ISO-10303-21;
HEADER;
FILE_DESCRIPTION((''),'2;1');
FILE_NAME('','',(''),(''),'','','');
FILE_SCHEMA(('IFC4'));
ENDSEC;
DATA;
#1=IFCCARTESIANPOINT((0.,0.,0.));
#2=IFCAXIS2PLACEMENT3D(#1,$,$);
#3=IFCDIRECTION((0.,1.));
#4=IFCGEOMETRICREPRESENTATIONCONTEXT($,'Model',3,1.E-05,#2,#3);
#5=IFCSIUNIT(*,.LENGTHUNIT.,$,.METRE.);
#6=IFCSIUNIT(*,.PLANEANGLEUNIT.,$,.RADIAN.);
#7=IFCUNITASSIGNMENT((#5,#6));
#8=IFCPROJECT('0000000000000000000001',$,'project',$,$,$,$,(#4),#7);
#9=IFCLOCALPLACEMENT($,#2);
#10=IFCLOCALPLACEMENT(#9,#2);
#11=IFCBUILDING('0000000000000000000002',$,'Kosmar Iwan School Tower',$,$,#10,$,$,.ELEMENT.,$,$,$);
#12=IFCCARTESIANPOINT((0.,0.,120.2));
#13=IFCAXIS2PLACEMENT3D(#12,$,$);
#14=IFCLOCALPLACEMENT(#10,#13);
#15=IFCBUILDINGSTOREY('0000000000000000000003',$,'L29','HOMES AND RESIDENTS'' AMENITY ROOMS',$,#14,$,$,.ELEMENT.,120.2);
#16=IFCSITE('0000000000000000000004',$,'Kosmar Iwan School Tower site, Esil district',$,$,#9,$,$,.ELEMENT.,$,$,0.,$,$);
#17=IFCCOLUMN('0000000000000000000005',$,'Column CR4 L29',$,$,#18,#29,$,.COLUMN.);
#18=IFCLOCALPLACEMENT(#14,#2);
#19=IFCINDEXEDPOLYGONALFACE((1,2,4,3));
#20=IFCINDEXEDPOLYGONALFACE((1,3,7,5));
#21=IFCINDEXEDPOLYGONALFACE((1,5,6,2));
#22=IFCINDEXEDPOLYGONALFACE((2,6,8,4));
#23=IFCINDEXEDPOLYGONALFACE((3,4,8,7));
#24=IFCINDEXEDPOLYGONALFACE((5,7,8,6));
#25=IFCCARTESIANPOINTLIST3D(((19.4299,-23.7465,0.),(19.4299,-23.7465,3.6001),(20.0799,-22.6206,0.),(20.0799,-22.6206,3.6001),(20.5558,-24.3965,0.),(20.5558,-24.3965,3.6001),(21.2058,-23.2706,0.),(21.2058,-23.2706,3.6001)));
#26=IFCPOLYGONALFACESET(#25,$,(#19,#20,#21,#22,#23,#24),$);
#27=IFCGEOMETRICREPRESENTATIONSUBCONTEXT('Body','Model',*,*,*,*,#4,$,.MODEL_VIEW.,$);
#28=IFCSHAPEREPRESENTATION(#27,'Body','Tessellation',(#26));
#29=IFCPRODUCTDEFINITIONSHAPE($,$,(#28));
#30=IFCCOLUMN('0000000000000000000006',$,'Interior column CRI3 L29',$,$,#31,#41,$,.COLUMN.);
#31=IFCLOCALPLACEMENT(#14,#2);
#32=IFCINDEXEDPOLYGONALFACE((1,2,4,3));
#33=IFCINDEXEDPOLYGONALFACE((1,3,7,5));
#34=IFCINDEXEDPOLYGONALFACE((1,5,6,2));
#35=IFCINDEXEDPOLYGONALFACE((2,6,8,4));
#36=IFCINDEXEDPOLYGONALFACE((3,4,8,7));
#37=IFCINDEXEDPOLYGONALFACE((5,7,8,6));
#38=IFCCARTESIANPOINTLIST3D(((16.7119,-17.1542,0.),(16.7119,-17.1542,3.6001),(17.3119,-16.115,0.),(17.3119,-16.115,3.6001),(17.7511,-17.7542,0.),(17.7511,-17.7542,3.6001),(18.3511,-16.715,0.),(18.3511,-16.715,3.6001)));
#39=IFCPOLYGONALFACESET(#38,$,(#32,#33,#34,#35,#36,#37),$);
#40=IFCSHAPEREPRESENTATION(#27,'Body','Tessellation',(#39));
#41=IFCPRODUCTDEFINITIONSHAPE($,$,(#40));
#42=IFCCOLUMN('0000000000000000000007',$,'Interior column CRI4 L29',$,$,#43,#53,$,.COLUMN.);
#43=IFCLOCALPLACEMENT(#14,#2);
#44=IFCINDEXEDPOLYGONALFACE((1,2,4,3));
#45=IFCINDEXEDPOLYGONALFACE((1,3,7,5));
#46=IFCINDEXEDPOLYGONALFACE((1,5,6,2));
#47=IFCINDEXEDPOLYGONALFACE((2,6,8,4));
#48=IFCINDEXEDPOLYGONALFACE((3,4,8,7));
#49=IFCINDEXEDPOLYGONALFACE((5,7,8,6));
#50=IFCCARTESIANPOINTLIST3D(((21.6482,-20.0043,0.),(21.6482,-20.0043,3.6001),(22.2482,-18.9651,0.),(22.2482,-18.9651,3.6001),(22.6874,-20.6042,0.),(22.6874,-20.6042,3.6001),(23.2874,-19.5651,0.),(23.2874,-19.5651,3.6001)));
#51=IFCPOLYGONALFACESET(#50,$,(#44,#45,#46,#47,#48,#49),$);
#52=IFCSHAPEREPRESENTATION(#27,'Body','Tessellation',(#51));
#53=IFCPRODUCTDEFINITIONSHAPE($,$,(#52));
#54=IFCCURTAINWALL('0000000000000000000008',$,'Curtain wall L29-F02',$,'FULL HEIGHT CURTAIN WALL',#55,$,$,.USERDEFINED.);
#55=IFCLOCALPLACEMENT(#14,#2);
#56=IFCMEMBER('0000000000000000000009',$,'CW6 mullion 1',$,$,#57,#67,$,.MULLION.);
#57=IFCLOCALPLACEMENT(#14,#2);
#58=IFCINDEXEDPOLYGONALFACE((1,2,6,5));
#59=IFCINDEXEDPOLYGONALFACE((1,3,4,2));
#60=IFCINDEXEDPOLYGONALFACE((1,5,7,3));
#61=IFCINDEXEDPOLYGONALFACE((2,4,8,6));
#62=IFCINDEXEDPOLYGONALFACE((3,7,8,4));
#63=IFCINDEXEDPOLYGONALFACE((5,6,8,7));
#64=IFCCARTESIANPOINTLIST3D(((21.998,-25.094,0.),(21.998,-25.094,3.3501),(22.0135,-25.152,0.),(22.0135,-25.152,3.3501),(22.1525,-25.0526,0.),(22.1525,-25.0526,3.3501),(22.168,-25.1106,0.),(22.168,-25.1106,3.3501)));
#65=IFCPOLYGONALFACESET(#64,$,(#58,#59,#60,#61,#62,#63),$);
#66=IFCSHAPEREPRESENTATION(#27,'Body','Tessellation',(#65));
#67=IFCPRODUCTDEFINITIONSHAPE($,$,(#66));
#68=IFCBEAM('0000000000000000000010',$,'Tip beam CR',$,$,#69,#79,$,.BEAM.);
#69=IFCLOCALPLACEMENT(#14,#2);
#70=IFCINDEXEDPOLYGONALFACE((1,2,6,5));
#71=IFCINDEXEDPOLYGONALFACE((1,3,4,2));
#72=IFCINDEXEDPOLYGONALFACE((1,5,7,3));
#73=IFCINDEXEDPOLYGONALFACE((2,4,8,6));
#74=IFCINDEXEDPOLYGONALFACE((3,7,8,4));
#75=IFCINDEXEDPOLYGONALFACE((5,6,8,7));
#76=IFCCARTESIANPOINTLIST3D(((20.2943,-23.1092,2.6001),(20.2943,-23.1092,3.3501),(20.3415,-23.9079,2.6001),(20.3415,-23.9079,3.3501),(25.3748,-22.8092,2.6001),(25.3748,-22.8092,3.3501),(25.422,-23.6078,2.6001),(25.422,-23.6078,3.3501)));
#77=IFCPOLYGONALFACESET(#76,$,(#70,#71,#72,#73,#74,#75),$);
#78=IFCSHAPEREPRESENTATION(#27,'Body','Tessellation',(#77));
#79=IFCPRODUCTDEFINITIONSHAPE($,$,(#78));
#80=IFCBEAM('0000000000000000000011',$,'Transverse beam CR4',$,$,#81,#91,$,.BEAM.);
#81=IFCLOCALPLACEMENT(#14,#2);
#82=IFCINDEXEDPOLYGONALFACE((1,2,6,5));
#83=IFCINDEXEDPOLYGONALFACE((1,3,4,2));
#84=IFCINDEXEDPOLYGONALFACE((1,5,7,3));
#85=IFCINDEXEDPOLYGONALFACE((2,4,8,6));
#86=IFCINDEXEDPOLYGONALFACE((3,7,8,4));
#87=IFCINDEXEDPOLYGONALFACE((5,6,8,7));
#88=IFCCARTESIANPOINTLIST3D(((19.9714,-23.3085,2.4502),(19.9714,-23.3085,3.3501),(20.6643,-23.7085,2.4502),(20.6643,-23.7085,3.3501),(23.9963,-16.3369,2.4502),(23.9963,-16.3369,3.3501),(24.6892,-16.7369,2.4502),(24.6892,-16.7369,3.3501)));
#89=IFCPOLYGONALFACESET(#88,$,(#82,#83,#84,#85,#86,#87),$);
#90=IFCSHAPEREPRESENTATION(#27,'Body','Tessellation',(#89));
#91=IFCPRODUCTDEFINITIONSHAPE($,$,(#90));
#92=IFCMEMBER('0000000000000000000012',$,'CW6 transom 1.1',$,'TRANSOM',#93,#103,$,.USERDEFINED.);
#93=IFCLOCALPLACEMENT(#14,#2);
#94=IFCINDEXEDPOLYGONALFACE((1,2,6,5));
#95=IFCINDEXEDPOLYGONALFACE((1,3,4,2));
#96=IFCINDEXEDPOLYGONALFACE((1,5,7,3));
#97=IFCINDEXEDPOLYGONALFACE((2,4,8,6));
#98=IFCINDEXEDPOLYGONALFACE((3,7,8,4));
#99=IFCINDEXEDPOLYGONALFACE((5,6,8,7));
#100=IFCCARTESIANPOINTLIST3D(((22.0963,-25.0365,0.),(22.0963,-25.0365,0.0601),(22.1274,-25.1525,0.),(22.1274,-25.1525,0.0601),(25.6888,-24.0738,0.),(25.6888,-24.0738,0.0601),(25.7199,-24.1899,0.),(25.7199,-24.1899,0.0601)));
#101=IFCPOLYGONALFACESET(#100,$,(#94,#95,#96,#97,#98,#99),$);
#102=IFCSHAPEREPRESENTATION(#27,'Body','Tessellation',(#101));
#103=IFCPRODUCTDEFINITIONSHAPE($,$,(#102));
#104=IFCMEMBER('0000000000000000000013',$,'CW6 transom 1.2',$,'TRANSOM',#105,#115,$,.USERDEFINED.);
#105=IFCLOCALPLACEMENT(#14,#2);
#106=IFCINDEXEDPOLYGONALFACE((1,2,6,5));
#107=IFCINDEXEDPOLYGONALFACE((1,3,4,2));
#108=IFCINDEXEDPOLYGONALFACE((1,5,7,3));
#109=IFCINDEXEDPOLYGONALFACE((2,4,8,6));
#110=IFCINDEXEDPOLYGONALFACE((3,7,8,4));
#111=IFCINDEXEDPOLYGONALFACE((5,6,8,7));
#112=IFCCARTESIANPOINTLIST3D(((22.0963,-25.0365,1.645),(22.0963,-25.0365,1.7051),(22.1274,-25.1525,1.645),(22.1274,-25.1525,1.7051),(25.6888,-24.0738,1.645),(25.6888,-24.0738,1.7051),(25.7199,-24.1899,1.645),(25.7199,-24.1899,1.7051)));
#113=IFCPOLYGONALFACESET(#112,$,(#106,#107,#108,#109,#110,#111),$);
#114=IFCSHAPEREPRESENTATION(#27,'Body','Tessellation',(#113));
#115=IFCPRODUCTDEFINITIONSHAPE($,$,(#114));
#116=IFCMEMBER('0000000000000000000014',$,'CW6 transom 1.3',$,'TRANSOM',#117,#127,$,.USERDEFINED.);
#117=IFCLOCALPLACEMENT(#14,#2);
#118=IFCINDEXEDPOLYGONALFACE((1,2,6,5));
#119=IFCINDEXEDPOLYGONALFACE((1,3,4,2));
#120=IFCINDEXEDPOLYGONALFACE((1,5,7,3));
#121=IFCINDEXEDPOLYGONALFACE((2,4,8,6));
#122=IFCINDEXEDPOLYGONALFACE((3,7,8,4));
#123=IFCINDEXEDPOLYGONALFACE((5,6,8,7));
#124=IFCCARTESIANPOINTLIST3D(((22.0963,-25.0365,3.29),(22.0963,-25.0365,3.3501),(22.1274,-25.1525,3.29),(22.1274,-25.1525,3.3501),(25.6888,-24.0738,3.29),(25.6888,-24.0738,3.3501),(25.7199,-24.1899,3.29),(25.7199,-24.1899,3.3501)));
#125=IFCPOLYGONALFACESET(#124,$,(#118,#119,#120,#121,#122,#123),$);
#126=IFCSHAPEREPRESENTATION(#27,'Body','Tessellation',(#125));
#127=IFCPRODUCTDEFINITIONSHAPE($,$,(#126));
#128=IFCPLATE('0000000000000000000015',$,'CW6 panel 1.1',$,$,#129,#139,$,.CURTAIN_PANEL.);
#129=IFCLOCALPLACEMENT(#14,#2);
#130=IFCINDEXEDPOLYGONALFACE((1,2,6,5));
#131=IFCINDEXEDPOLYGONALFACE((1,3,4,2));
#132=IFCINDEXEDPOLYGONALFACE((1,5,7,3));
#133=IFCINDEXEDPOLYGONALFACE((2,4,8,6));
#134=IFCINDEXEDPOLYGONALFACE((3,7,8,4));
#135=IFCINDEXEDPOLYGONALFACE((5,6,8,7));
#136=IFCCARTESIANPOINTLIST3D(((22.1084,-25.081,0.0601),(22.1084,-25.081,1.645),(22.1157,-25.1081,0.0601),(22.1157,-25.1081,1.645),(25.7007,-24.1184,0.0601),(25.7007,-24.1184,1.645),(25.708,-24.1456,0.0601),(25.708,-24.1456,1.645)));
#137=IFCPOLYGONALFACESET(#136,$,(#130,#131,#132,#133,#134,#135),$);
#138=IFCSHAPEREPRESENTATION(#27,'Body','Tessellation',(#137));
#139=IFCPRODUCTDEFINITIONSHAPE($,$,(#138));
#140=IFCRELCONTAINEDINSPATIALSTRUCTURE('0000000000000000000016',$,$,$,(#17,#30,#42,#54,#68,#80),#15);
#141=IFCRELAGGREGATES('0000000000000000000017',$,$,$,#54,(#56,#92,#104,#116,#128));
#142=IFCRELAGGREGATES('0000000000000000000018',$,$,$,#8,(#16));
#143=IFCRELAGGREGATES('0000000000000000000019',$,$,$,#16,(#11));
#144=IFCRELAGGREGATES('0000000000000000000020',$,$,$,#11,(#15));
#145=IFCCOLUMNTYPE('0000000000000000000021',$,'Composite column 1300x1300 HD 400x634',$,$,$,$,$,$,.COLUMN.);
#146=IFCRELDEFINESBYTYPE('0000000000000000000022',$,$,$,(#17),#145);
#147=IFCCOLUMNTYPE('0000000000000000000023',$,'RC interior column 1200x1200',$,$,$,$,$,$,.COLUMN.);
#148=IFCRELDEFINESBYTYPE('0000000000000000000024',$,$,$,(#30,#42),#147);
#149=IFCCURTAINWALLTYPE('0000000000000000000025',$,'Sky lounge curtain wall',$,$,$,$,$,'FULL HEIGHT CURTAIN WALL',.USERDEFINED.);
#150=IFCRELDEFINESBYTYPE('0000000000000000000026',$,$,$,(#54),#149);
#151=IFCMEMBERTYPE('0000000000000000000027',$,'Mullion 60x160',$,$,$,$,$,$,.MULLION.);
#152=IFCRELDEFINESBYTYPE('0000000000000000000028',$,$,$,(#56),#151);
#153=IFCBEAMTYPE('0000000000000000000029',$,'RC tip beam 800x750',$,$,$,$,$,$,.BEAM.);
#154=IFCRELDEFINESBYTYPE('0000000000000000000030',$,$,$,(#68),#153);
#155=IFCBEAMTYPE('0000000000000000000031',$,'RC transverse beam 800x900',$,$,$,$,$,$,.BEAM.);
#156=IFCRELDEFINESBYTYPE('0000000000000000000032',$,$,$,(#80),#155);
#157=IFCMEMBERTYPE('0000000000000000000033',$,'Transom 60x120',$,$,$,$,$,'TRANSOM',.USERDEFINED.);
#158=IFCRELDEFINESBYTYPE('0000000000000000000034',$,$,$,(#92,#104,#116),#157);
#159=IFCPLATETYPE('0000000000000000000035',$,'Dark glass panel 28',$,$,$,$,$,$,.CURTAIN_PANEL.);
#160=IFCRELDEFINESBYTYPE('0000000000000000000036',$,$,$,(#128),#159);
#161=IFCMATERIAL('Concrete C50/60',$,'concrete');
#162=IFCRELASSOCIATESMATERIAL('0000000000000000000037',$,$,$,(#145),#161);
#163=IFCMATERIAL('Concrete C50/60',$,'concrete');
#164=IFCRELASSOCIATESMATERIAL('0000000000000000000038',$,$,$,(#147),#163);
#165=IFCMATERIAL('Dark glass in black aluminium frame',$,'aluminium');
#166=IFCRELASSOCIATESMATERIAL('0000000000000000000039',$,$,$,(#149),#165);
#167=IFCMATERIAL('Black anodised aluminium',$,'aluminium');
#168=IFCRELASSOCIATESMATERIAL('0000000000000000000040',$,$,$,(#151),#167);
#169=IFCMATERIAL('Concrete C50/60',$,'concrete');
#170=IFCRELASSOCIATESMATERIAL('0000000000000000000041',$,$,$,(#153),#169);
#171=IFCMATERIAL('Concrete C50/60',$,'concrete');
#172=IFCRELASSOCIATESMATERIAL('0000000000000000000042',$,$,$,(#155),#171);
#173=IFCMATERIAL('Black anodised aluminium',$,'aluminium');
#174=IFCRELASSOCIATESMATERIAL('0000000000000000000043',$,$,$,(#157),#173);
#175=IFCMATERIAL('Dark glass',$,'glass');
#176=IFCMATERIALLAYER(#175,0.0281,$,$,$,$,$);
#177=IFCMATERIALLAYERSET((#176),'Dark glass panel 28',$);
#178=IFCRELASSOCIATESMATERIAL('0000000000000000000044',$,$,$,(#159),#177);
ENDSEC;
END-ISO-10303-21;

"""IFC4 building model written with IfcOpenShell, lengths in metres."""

from ifc_helpers import new_model, si_unit, direction, frame, origin, origin_2d, place, context, subcontext, project, spatial, rectangle, extrude, material, layer, layer_set, material_profile, profile_set, type_object, element, aggregate, save


model = new_model("IFC4")

# Units and contexts
model_context = context("Model", 3, precision=1e-05, world=origin(), true_north=direction((0.0, 1.0)))
body_context = subcontext(model_context, "Body", "Model", "MODEL_VIEW")
ifc_project = project(units=[si_unit("LENGTHUNIT", "METRE"), si_unit("PLANEANGLEUNIT", "RADIAN")], contexts=[model_context])

# Site, building, storey
site_placement = place(None, origin())
site = spatial("IfcSite", under=ifc_project, at=site_placement, Name="Kosmar Iwan School Tower site, Esil district", CompositionType="ELEMENT", RefElevation=0.0)
building_placement = place(site_placement, origin())
building = spatial("IfcBuilding", under=site, at=building_placement, Name="Kosmar Iwan School Tower", CompositionType="ELEMENT")
storey_placement = place(building_placement, frame((0.0, 0.0, 120.2)))
storey = spatial("IfcBuildingStorey", under=building, at=storey_placement, Name="L29", Description="HOMES AND RESIDENTS' AMENITY ROOMS", CompositionType="ELEMENT", Elevation=120.2)

# Columns
ifc_material_1 = material(Name="Concrete C50/60", Category="concrete")
ifc_material_profile_1 = material_profile(ifc_material_1, rectangle(XDim=1.3, YDim=1.3, at=origin_2d()), Name="RC 1300x1300 + HD 400x634")
ifc_profile_set_1 = profile_set([ifc_material_profile_1], Name="Concrete C50/60")
column_type_1 = type_object("IfcColumnType", Name="Composite column 1300x1300 HD 400x634", PredefinedType="COLUMN", material=ifc_profile_set_1)
column_placement = place(storey_placement, frame((20.3179, -23.5085, 0.0), z_axis=(0.0, 0.0, 1.0), x_axis=(0.866025, -0.5, 0.0)))
element("IfcColumn", 1, at=column_placement, inside=storey, type_object=column_type_1, Name="Column CR4 L29", PredefinedType="COLUMN", context=body_context, shape_type="SweptSolid", body=[
    extrude(rectangle(XDim=1.3, YDim=1.3, at=origin_2d()), origin(), (0.0, 0.0, 1.0), 3.6001),
])
ifc_material_2 = material(Name="Concrete C50/60", Category="concrete")
ifc_material_profile_2 = material_profile(ifc_material_2, rectangle(XDim=1.2, YDim=1.2, at=origin_2d()), Name="RC 1200x1200")
ifc_profile_set_2 = profile_set([ifc_material_profile_2], Name="Concrete C50/60")
column_type_2 = type_object("IfcColumnType", Name="RC interior column 1200x1200", PredefinedType="COLUMN", material=ifc_profile_set_2)
for number, where, z_axis, x_axis, name in (
    (2, (17.5315, -16.9346, 0.0), (0.0, 0.0, 1.0), (0.866025, -0.5, 0.0), "Interior column CRI3 L29"),
    (3, (22.4678, -19.7847, 0.0), (0.0, 0.0, 1.0), (0.866025, -0.5, 0.0), "Interior column CRI4 L29"),
):
    element("IfcColumn", number, at=place(storey_placement, frame(where, z_axis=z_axis, x_axis=x_axis)), inside=storey, type_object=column_type_2, Name=name, PredefinedType="COLUMN", context=body_context, shape_type="SweptSolid", body=[
        extrude(rectangle(XDim=1.2, YDim=1.2, at=origin_2d()), origin(), (0.0, 0.0, 1.0), 3.6001),
    ])

# Curtain wall, member
ifc_material_3 = material(Name="Dark glass in black aluminium frame", Category="aluminium")
curtain_wall_type = type_object("IfcCurtainWallType", Name="Sky lounge curtain wall", ElementType="FULL HEIGHT CURTAIN WALL", PredefinedType="USERDEFINED", material=ifc_material_3)
curtain_wall_placement = place(storey_placement, origin())
curtain_wall = element("IfcCurtainWall", 4, at=curtain_wall_placement, inside=storey, type_object=curtain_wall_type, Name="Curtain wall L29-F02", ObjectType="FULL HEIGHT CURTAIN WALL", PredefinedType="USERDEFINED")
ifc_material_4 = material(Name="Black anodised aluminium", Category="aluminium")
ifc_material_profile_3 = material_profile(ifc_material_4, rectangle(XDim=0.0601, YDim=0.1599, at=origin_2d()), Name="MULLION 60x160")
ifc_profile_set_3 = profile_set([ifc_material_profile_3], Name="Black anodised aluminium")
member_type_1 = type_object("IfcMemberType", Name="Mullion 60x160", PredefinedType="MULLION", material=ifc_profile_set_3)
member_1_placement = place(storey_placement, frame((22.083, -25.1023, 0.0), z_axis=(0.0, 0.0, 1.0), x_axis=(-0.258819, 0.965926, 0.0)))
member_1 = element("IfcMember", 5, at=member_1_placement, type_object=member_type_1, Name="CW6 mullion 1", PredefinedType="MULLION", context=body_context, shape_type="SweptSolid", body=[
    extrude(rectangle(XDim=0.0601, YDim=0.1599, at=origin_2d()), origin(), (0.0, 0.0, 1.0), 3.3501),
])

# Beams
ifc_material_5 = material(Name="Concrete C50/60", Category="concrete")
ifc_material_profile_4 = material_profile(ifc_material_5, rectangle(XDim=0.8, YDim=0.75, at=origin_2d()), Name="RC 800x750")
ifc_profile_set_4 = profile_set([ifc_material_profile_4], Name="Concrete C50/60")
beam_type_1 = type_object("IfcBeamType", Name="RC tip beam 800x750", PredefinedType="BEAM", material=ifc_profile_set_4)
beam_1_placement = place(storey_placement, frame((20.3179, -23.5085, 2.9751), z_axis=(0.998261, 0.058955, 0.0), x_axis=(-0.058955, 0.998261, 0.0)))
element("IfcBeam", 6, at=beam_1_placement, inside=storey, type_object=beam_type_1, Name="Tip beam CR", PredefinedType="BEAM", context=body_context, shape_type="SweptSolid", body=[
    extrude(rectangle(XDim=0.8, YDim=0.75, at=origin_2d()), origin(), (0.0, 0.0, 1.0), 5.0894),
])
ifc_material_6 = material(Name="Concrete C50/60", Category="concrete")
ifc_material_profile_5 = material_profile(ifc_material_6, rectangle(XDim=0.8, YDim=0.8999, at=origin_2d()), Name="RC 800x900")
ifc_profile_set_5 = profile_set([ifc_material_profile_5], Name="Concrete C50/60")
beam_type_2 = type_object("IfcBeamType", Name="RC transverse beam 800x900", PredefinedType="BEAM", material=ifc_profile_set_5)
beam_2_placement = place(storey_placement, frame((20.3179, -23.5085, 2.9001), z_axis=(0.499981, 0.866036, 0.0), x_axis=(-0.866036, 0.499981, 0.0)))
element("IfcBeam", 7, at=beam_2_placement, inside=storey, type_object=beam_type_2, Name="Transverse beam CR4", PredefinedType="BEAM", context=body_context, shape_type="SweptSolid", body=[
    extrude(rectangle(XDim=0.8, YDim=0.8999, at=origin_2d()), origin(), (0.0, 0.0, 1.0), 8.05),
])

# Members
ifc_material_7 = material(Name="Black anodised aluminium", Category="aluminium")
ifc_material_profile_6 = material_profile(ifc_material_7, rectangle(XDim=0.1201, YDim=0.0601, at=origin_2d()), Name="TRANSOM 60x120")
ifc_profile_set_6 = profile_set([ifc_material_profile_6], Name="Black anodised aluminium")
member_type_2 = type_object("IfcMemberType", Name="Transom 60x120", ElementType="TRANSOM", PredefinedType="USERDEFINED", material=ifc_profile_set_6)
member_2_placement = place(storey_placement, frame((22.1118, -25.0945, 0.03), z_axis=(0.965924, 0.258827, 0.0), x_axis=(-0.258827, 0.965924, 0.0)))
member_2 = element("IfcMember", 8, at=member_2_placement, type_object=member_type_2, Name="CW6 transom 1.1", ObjectType="TRANSOM", PredefinedType="USERDEFINED", context=body_context, shape_type="SweptSolid", body=[
    extrude(rectangle(XDim=0.1201, YDim=0.0601, at=origin_2d()), origin(), (0.0, 0.0, 1.0), 3.7192),
])
member_3_placement = place(storey_placement, frame((22.1118, -25.0945, 1.675), z_axis=(0.965924, 0.258827, 0.0), x_axis=(-0.258827, 0.965924, 0.0)))
member_3 = element("IfcMember", 9, at=member_3_placement, type_object=member_type_2, Name="CW6 transom 1.2", ObjectType="TRANSOM", PredefinedType="USERDEFINED", context=body_context, shape_type="SweptSolid", body=[
    extrude(rectangle(XDim=0.1201, YDim=0.0601, at=origin_2d()), origin(), (0.0, 0.0, 1.0), 3.7192),
])
member_4_placement = place(storey_placement, frame((22.1118, -25.0945, 3.3201), z_axis=(0.965924, 0.258827, 0.0), x_axis=(-0.258827, 0.965924, 0.0)))
member_4 = element("IfcMember", 10, at=member_4_placement, type_object=member_type_2, Name="CW6 transom 1.3", ObjectType="TRANSOM", PredefinedType="USERDEFINED", context=body_context, shape_type="SweptSolid", body=[
    extrude(rectangle(XDim=0.1201, YDim=0.0601, at=origin_2d()), origin(), (0.0, 0.0, 1.0), 3.7192),
])

# Plate
ifc_material_8 = material(Name="Dark glass", Category="glass")
ifc_layer_1 = layer(ifc_material_8, 0.0281)
ifc_layer_set_1 = layer_set([ifc_layer_1], Name="Dark glass panel 28")
plate_type = type_object("IfcPlateType", Name="Dark glass panel 28", PredefinedType="CURTAIN_PANEL", material=ifc_layer_set_1)
plate_placement = place(storey_placement, frame((23.9082, -24.6133, 0.0601), z_axis=(0.0, 0.0, 1.0), x_axis=(0.965926, 0.258819, 0.0)))
plate = element("IfcPlate", 11, at=plate_placement, type_object=plate_type, Name="CW6 panel 1.1", PredefinedType="CURTAIN_PANEL", context=body_context, shape_type="SweptSolid", body=[
    extrude(rectangle(XDim=3.719, YDim=0.0281, at=origin_2d()), origin(), (0.0, 0.0, 1.0), 1.585),
])
aggregate(curtain_wall, [member_1, member_2, member_3, member_4, plate])

save(model, "model.ifc")
